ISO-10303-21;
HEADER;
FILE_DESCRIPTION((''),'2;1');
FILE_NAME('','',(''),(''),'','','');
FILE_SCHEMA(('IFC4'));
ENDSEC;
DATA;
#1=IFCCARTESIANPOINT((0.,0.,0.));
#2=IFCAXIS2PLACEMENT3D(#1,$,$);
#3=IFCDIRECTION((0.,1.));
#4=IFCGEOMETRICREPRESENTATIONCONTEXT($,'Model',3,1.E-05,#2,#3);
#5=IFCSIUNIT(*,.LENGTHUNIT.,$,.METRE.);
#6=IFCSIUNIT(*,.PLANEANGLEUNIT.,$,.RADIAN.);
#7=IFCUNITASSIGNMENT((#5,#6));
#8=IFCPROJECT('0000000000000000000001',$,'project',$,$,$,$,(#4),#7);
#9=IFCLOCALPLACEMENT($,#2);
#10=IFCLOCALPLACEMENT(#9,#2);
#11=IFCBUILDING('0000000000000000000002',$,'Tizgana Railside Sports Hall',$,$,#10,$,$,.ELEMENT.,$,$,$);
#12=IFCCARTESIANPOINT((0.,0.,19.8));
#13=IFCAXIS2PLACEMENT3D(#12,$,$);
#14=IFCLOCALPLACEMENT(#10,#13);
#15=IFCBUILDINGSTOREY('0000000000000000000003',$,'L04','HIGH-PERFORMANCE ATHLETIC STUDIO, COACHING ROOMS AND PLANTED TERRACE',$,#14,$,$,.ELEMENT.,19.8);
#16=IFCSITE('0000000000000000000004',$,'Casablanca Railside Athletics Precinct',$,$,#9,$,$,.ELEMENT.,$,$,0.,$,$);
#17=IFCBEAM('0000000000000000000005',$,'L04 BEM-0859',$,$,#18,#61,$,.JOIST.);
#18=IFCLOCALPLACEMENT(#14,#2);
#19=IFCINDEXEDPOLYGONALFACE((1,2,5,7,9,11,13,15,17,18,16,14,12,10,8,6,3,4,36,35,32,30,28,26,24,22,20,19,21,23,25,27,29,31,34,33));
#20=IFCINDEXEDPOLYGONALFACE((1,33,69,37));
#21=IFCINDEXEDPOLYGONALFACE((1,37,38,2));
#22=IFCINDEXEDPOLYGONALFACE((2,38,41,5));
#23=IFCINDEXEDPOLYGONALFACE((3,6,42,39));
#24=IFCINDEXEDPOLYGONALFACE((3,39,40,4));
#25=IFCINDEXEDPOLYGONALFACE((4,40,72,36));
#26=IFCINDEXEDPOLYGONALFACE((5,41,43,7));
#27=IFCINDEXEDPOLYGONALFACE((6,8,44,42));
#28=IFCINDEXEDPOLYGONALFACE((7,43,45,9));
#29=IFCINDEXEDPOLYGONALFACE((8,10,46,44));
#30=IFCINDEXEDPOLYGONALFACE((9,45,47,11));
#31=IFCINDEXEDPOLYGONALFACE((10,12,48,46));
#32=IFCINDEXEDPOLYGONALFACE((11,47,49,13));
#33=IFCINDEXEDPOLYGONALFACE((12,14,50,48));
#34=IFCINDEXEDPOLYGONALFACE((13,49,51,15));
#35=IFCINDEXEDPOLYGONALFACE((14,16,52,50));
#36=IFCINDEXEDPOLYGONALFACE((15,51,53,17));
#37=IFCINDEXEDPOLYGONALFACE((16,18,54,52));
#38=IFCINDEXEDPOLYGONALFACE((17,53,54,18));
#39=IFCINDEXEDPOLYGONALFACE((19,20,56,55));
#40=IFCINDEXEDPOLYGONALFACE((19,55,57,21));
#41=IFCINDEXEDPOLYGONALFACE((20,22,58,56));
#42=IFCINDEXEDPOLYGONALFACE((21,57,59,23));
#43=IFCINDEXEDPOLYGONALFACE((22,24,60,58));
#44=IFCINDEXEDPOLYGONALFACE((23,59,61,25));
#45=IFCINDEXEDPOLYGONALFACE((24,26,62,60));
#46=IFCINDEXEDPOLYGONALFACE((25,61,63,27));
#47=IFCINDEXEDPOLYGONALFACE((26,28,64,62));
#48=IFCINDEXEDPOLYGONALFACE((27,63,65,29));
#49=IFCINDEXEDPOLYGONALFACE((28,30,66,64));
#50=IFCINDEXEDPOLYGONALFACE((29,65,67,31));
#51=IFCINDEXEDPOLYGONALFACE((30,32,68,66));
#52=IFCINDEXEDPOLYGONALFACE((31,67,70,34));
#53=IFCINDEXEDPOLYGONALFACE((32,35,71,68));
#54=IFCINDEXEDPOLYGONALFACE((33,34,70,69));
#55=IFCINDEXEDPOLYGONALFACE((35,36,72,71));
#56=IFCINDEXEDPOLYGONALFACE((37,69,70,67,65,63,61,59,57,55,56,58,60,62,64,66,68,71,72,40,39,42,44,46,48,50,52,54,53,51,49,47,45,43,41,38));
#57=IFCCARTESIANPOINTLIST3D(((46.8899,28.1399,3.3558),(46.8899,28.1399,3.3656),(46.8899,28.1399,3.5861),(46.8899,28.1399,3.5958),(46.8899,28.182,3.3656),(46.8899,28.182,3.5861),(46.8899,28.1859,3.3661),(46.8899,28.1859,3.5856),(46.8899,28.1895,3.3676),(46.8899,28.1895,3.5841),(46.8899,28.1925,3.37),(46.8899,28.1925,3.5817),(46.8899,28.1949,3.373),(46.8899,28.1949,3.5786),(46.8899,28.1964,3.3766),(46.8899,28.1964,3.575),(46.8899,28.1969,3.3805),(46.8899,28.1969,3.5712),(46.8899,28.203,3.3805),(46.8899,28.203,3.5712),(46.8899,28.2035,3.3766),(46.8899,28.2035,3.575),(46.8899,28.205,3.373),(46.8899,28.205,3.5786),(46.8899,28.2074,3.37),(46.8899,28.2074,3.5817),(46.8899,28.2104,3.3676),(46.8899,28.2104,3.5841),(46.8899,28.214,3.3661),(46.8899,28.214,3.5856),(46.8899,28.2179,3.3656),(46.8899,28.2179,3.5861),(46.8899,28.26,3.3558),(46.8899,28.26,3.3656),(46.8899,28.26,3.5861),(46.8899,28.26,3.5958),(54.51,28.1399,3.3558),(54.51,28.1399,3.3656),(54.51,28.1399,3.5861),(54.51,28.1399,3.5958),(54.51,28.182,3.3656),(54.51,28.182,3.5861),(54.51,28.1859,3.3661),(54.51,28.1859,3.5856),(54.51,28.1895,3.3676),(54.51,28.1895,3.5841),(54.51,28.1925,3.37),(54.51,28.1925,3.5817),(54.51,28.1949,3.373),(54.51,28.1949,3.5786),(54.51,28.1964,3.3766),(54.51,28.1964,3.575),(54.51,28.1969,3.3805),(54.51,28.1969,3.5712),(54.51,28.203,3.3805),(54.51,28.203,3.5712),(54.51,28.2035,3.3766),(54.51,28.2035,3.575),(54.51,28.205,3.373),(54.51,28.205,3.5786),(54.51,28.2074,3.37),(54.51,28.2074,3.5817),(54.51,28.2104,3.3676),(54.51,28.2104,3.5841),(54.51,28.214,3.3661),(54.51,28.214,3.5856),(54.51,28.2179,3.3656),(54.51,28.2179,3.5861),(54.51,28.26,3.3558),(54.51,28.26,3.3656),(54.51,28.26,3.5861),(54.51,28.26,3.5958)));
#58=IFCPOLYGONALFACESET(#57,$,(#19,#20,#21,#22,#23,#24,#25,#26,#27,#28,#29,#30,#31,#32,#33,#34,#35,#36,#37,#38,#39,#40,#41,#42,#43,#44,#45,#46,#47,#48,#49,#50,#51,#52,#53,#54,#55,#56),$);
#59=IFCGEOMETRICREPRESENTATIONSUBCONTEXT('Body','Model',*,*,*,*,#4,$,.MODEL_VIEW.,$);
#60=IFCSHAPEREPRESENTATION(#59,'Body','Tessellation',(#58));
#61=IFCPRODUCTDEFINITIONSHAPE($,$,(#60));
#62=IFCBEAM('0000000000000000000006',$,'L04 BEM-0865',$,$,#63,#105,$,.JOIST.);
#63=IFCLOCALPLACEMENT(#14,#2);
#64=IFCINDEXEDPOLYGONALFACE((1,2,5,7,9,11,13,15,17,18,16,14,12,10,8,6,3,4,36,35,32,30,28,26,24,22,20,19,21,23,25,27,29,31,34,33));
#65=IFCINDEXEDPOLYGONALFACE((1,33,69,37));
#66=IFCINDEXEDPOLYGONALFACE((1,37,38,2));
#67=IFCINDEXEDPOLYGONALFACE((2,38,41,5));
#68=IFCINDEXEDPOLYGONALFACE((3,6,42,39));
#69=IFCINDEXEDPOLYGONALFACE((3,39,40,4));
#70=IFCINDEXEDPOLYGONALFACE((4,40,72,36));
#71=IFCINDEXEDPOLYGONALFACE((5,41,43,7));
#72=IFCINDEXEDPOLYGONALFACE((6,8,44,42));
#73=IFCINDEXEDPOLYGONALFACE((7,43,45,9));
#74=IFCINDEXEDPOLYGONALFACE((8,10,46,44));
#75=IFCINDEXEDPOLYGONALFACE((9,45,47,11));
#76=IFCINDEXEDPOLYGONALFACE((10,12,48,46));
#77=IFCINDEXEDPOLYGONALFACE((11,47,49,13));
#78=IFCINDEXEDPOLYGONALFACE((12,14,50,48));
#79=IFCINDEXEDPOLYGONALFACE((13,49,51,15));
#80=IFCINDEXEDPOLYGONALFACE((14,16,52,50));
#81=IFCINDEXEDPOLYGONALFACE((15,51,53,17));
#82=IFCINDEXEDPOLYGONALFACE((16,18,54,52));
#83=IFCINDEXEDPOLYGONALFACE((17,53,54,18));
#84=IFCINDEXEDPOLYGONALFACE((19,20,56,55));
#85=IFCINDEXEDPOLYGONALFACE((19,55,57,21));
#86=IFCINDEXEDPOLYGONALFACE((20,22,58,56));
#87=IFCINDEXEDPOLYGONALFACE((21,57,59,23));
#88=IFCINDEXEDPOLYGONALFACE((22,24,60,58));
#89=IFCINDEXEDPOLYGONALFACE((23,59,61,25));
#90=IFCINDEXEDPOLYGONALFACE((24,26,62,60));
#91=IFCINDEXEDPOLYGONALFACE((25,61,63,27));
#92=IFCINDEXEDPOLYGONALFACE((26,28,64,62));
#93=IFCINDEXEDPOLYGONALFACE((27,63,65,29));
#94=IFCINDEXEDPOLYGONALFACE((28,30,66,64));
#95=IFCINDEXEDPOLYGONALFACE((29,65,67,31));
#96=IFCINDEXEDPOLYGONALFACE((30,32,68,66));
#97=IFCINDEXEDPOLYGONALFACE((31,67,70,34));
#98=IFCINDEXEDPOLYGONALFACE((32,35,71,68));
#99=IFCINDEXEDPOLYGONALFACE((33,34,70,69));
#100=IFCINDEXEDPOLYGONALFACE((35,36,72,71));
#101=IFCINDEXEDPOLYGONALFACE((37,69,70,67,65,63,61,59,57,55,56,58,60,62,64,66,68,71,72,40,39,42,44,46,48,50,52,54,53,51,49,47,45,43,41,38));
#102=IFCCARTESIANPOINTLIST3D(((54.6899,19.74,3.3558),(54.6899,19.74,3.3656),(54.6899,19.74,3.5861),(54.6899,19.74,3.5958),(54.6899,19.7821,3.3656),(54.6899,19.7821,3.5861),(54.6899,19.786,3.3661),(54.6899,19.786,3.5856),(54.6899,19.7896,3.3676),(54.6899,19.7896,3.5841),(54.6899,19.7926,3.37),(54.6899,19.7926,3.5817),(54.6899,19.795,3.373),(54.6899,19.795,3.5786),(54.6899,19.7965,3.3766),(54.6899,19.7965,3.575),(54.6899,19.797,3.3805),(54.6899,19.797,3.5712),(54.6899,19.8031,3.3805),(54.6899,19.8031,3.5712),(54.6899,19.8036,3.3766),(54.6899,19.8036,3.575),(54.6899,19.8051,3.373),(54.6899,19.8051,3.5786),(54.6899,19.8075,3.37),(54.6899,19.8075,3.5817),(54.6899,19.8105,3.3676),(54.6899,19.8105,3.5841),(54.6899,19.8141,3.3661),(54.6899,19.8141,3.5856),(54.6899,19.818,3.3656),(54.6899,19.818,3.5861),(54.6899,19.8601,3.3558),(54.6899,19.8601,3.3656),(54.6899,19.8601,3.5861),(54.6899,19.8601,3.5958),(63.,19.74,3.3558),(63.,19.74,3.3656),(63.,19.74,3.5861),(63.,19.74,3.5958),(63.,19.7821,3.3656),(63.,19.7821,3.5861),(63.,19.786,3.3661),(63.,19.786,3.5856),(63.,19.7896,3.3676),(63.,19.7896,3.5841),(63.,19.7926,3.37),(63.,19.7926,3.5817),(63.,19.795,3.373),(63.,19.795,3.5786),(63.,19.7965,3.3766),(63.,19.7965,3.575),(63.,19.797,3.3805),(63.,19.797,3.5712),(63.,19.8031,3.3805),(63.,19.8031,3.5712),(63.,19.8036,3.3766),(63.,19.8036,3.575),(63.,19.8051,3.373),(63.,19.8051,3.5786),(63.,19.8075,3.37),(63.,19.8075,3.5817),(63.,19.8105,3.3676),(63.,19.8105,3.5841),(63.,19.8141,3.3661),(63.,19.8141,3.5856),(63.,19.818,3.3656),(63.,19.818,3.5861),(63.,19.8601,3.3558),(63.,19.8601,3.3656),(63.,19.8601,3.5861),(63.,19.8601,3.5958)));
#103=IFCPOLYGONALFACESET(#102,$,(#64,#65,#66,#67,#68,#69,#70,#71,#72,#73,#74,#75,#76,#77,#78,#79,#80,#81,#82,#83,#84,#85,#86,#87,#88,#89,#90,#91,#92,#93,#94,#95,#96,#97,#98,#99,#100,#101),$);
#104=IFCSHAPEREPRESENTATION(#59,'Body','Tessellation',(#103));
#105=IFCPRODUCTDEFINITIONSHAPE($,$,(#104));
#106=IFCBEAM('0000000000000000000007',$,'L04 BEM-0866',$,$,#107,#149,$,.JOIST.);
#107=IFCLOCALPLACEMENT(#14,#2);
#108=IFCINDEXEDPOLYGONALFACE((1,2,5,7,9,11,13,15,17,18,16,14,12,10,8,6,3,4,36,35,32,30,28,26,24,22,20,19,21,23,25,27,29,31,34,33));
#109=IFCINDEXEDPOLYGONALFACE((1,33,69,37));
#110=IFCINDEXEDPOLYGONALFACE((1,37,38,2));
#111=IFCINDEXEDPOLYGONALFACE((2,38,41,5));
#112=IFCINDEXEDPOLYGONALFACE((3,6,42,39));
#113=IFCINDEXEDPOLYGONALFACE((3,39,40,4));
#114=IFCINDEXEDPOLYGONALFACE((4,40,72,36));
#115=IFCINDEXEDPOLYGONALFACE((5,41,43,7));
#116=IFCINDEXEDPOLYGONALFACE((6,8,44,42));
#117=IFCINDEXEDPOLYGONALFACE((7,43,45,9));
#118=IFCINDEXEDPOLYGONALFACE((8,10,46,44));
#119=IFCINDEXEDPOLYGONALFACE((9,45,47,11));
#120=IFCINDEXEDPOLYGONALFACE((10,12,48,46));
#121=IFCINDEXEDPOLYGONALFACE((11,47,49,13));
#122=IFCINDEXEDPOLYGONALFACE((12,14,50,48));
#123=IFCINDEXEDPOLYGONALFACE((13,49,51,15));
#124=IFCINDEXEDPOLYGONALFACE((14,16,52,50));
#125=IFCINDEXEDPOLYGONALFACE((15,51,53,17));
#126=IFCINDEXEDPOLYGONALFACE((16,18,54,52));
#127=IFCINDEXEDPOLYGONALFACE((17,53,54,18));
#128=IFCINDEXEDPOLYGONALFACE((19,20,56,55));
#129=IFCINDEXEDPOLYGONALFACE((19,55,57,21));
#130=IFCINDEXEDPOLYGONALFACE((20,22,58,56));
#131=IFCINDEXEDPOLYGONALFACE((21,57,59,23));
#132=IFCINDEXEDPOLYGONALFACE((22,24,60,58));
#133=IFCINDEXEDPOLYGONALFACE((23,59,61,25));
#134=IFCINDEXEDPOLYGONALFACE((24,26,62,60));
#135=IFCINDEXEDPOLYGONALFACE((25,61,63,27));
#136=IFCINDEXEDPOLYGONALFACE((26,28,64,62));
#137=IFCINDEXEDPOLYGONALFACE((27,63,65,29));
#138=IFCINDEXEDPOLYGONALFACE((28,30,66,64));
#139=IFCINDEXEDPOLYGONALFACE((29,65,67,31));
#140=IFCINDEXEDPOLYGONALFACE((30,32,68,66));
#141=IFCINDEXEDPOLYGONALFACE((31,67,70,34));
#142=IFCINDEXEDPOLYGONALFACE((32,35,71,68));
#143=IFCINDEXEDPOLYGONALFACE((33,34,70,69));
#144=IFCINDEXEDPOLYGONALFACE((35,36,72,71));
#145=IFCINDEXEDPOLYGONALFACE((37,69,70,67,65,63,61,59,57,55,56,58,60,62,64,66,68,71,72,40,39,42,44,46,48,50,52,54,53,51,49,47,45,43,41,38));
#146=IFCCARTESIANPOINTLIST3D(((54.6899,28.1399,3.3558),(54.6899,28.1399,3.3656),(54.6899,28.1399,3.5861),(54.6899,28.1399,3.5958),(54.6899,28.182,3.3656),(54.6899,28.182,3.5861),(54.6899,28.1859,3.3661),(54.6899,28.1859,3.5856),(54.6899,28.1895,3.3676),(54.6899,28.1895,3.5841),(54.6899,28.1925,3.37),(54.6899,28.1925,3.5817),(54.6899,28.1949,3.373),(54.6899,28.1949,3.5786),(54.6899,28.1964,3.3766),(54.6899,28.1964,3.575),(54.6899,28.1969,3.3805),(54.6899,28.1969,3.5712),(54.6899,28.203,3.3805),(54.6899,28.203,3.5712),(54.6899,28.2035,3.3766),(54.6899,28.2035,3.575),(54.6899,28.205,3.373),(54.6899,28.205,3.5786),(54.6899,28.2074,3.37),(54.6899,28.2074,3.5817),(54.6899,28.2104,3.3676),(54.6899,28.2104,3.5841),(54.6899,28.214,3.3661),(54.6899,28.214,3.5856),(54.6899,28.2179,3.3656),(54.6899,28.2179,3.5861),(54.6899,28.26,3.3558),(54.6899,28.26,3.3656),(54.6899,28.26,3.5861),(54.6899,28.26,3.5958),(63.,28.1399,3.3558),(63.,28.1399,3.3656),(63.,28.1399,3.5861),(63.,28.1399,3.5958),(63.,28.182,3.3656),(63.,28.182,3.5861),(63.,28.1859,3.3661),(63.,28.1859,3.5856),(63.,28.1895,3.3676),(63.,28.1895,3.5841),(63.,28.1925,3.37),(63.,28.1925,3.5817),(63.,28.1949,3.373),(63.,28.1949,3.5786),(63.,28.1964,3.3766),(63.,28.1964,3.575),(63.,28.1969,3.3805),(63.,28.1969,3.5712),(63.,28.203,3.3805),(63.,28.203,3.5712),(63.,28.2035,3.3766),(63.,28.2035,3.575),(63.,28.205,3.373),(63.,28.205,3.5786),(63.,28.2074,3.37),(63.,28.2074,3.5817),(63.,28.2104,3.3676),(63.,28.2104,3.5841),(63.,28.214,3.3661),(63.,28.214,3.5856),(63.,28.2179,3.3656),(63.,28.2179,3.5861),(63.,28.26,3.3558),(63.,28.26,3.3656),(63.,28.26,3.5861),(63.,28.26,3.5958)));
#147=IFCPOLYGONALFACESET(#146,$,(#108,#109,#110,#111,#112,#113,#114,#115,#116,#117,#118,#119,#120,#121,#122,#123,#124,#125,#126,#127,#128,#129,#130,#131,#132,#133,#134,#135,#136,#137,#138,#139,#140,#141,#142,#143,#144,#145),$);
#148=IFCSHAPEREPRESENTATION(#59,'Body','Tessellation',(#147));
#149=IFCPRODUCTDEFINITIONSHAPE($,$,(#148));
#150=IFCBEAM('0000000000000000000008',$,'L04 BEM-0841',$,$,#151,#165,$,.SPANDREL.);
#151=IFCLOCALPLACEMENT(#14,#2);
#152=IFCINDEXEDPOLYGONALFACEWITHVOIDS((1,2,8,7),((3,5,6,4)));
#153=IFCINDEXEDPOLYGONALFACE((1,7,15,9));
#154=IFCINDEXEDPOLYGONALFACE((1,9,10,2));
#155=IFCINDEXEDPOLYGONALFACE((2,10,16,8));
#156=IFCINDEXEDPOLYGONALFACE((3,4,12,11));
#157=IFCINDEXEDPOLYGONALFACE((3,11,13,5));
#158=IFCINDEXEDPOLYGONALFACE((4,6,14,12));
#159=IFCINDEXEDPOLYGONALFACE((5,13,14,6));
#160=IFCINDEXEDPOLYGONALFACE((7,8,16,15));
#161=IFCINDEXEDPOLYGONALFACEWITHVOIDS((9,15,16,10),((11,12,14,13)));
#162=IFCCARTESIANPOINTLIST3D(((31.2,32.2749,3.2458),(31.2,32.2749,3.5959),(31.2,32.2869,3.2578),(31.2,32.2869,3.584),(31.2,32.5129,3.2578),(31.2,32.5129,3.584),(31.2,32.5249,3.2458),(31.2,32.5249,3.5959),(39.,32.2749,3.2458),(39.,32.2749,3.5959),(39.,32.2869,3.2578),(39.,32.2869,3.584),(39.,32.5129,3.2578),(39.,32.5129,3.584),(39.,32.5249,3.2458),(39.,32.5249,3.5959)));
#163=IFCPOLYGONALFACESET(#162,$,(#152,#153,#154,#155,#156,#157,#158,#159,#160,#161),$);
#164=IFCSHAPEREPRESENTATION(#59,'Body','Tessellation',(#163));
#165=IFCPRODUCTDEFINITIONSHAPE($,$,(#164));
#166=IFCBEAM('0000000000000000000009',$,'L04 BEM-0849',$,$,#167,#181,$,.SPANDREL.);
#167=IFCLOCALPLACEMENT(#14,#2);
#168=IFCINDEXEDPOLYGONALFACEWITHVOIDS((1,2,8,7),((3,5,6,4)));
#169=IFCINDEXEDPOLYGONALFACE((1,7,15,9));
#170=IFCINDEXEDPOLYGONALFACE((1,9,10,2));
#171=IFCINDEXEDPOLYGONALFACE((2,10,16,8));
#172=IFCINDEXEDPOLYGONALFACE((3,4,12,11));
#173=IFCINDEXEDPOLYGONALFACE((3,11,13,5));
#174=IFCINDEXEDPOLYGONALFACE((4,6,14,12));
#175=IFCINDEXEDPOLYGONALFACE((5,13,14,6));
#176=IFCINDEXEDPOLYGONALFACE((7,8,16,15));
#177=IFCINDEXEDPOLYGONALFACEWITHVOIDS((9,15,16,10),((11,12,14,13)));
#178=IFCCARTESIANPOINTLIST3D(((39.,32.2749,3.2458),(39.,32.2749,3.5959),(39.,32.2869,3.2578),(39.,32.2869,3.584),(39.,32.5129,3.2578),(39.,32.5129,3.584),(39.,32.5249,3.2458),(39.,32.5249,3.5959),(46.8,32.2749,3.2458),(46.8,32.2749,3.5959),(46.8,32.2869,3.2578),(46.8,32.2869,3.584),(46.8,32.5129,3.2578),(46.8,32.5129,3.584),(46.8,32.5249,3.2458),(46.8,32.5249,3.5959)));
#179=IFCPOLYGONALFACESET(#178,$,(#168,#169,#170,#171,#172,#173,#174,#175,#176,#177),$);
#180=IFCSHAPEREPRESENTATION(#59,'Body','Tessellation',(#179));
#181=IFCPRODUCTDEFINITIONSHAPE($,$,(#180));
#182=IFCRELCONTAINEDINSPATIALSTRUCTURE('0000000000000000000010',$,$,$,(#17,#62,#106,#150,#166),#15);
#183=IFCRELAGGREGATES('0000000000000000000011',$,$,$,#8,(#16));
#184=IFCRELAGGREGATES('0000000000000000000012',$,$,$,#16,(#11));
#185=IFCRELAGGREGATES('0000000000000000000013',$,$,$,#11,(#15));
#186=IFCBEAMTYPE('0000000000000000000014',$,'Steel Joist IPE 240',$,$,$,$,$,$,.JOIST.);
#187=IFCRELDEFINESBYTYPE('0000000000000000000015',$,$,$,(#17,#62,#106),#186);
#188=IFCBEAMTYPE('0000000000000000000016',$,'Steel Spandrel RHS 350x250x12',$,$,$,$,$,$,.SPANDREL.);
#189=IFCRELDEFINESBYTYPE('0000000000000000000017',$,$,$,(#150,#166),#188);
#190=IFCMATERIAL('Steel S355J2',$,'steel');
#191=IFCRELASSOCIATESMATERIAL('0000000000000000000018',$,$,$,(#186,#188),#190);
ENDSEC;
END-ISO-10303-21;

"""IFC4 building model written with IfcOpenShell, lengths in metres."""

from ifc_helpers import new_model, si_unit, direction, frame, origin, origin_2d, place, context, subcontext, project, spatial, hollow_rectangle, i_section, extrude, material, material_profile, profile_set, type_object, element, save


model = new_model("IFC4")

# Units and contexts
model_context = context("Model", 3, precision=1e-05, world=origin(), true_north=direction((0.0, 1.0)))
body_context = subcontext(model_context, "Body", "Model", "MODEL_VIEW")
ifc_project = project(units=[si_unit("LENGTHUNIT", "METRE"), si_unit("PLANEANGLEUNIT", "RADIAN")], contexts=[model_context])

# Site, building, storey
site_placement = place(None, origin())
site = spatial("IfcSite", under=ifc_project, at=site_placement, Name="Casablanca Railside Athletics Precinct", CompositionType="ELEMENT", RefElevation=0.0)
building_placement = place(site_placement, origin())
building = spatial("IfcBuilding", under=site, at=building_placement, Name="Tizgana Railside Sports Hall", CompositionType="ELEMENT")
storey_placement = place(building_placement, frame((0.0, 0.0, 19.8)))
storey = spatial("IfcBuildingStorey", under=building, at=storey_placement, Name="L04", Description="HIGH-PERFORMANCE ATHLETIC STUDIO, COACHING ROOMS AND PLANTED TERRACE", CompositionType="ELEMENT", Elevation=19.8)

# Beams
ifc_material_1 = material(Name="Steel S355J2", Category="steel")
ifc_material_profile_1 = material_profile(ifc_material_1, i_section(OverallWidth=0.1201, OverallDepth=0.24, WebThickness=0.0061, FlangeThickness=0.0098, FilletRadius=0.0149, at=origin_2d()), Name="IPE 240")
ifc_profile_set_1 = profile_set([ifc_material_profile_1], Name="Steel S355J2")
beam_type_1 = type_object("IfcBeamType", Name="Steel Joist IPE 240", PredefinedType="JOIST", material=ifc_profile_set_1)
for number, where, z_axis, x_axis, name in (
    (1, (46.8899, 28.2, 3.4758), (1.0, 0.0, 0.0), (0.0, 1.0, 0.0), "L04 BEM-0859"),
):
    element("IfcBeam", number, at=place(storey_placement, frame(where, z_axis=z_axis, x_axis=x_axis)), inside=storey, type_object=beam_type_1, Name=name, PredefinedType="JOIST", context=body_context, shape_type="SweptSolid", body=[
        extrude(i_section(OverallWidth=0.1201, OverallDepth=0.24, WebThickness=0.0061, FlangeThickness=0.0098, FilletRadius=0.0149, at=origin_2d()), origin(), (0.0, 0.0, 1.0), 7.6201),
    ])
for number, where, z_axis, x_axis, name in (
    (2, (54.6899, 19.8, 3.4758), (1.0, 0.0, 0.0), (0.0, 1.0, 0.0), "L04 BEM-0865"),
    (3, (54.6899, 28.2, 3.4758), (1.0, 0.0, 0.0), (0.0, 1.0, 0.0), "L04 BEM-0866"),
):
    element("IfcBeam", number, at=place(storey_placement, frame(where, z_axis=z_axis, x_axis=x_axis)), inside=storey, type_object=beam_type_1, Name=name, PredefinedType="JOIST", context=body_context, shape_type="SweptSolid", body=[
        extrude(i_section(OverallWidth=0.1201, OverallDepth=0.24, WebThickness=0.0061, FlangeThickness=0.0098, FilletRadius=0.0149, at=origin_2d()), origin(), (0.0, 0.0, 1.0), 8.3101),
    ])
ifc_material_profile_2 = material_profile(ifc_material_1, hollow_rectangle(XDim=0.25, YDim=0.3501, WallThickness=0.012, at=origin_2d()), Name="RHS 350x250x12")
ifc_profile_set_2 = profile_set([ifc_material_profile_2], Name="Steel S355J2")
beam_type_2 = type_object("IfcBeamType", Name="Steel Spandrel RHS 350x250x12", PredefinedType="SPANDREL", material=ifc_profile_set_2)
for number, where, z_axis, x_axis, name in (
    (4, (31.2, 32.3999, 3.4209), (1.0, 0.0, 0.0), (0.0, 1.0, 0.0), "L04 BEM-0841"),
    (5, (39.0, 32.3999, 3.4209), (1.0, 0.0, 0.0), (0.0, 1.0, 0.0), "L04 BEM-0849"),
):
    element("IfcBeam", number, at=place(storey_placement, frame(where, z_axis=z_axis, x_axis=x_axis)), inside=storey, type_object=beam_type_2, Name=name, PredefinedType="SPANDREL", context=body_context, shape_type="SweptSolid", body=[
        extrude(hollow_rectangle(XDim=0.25, YDim=0.3501, WallThickness=0.012, at=origin_2d()), origin(), (0.0, 0.0, 1.0), 7.8),
    ])

save(model, "model.ifc")
